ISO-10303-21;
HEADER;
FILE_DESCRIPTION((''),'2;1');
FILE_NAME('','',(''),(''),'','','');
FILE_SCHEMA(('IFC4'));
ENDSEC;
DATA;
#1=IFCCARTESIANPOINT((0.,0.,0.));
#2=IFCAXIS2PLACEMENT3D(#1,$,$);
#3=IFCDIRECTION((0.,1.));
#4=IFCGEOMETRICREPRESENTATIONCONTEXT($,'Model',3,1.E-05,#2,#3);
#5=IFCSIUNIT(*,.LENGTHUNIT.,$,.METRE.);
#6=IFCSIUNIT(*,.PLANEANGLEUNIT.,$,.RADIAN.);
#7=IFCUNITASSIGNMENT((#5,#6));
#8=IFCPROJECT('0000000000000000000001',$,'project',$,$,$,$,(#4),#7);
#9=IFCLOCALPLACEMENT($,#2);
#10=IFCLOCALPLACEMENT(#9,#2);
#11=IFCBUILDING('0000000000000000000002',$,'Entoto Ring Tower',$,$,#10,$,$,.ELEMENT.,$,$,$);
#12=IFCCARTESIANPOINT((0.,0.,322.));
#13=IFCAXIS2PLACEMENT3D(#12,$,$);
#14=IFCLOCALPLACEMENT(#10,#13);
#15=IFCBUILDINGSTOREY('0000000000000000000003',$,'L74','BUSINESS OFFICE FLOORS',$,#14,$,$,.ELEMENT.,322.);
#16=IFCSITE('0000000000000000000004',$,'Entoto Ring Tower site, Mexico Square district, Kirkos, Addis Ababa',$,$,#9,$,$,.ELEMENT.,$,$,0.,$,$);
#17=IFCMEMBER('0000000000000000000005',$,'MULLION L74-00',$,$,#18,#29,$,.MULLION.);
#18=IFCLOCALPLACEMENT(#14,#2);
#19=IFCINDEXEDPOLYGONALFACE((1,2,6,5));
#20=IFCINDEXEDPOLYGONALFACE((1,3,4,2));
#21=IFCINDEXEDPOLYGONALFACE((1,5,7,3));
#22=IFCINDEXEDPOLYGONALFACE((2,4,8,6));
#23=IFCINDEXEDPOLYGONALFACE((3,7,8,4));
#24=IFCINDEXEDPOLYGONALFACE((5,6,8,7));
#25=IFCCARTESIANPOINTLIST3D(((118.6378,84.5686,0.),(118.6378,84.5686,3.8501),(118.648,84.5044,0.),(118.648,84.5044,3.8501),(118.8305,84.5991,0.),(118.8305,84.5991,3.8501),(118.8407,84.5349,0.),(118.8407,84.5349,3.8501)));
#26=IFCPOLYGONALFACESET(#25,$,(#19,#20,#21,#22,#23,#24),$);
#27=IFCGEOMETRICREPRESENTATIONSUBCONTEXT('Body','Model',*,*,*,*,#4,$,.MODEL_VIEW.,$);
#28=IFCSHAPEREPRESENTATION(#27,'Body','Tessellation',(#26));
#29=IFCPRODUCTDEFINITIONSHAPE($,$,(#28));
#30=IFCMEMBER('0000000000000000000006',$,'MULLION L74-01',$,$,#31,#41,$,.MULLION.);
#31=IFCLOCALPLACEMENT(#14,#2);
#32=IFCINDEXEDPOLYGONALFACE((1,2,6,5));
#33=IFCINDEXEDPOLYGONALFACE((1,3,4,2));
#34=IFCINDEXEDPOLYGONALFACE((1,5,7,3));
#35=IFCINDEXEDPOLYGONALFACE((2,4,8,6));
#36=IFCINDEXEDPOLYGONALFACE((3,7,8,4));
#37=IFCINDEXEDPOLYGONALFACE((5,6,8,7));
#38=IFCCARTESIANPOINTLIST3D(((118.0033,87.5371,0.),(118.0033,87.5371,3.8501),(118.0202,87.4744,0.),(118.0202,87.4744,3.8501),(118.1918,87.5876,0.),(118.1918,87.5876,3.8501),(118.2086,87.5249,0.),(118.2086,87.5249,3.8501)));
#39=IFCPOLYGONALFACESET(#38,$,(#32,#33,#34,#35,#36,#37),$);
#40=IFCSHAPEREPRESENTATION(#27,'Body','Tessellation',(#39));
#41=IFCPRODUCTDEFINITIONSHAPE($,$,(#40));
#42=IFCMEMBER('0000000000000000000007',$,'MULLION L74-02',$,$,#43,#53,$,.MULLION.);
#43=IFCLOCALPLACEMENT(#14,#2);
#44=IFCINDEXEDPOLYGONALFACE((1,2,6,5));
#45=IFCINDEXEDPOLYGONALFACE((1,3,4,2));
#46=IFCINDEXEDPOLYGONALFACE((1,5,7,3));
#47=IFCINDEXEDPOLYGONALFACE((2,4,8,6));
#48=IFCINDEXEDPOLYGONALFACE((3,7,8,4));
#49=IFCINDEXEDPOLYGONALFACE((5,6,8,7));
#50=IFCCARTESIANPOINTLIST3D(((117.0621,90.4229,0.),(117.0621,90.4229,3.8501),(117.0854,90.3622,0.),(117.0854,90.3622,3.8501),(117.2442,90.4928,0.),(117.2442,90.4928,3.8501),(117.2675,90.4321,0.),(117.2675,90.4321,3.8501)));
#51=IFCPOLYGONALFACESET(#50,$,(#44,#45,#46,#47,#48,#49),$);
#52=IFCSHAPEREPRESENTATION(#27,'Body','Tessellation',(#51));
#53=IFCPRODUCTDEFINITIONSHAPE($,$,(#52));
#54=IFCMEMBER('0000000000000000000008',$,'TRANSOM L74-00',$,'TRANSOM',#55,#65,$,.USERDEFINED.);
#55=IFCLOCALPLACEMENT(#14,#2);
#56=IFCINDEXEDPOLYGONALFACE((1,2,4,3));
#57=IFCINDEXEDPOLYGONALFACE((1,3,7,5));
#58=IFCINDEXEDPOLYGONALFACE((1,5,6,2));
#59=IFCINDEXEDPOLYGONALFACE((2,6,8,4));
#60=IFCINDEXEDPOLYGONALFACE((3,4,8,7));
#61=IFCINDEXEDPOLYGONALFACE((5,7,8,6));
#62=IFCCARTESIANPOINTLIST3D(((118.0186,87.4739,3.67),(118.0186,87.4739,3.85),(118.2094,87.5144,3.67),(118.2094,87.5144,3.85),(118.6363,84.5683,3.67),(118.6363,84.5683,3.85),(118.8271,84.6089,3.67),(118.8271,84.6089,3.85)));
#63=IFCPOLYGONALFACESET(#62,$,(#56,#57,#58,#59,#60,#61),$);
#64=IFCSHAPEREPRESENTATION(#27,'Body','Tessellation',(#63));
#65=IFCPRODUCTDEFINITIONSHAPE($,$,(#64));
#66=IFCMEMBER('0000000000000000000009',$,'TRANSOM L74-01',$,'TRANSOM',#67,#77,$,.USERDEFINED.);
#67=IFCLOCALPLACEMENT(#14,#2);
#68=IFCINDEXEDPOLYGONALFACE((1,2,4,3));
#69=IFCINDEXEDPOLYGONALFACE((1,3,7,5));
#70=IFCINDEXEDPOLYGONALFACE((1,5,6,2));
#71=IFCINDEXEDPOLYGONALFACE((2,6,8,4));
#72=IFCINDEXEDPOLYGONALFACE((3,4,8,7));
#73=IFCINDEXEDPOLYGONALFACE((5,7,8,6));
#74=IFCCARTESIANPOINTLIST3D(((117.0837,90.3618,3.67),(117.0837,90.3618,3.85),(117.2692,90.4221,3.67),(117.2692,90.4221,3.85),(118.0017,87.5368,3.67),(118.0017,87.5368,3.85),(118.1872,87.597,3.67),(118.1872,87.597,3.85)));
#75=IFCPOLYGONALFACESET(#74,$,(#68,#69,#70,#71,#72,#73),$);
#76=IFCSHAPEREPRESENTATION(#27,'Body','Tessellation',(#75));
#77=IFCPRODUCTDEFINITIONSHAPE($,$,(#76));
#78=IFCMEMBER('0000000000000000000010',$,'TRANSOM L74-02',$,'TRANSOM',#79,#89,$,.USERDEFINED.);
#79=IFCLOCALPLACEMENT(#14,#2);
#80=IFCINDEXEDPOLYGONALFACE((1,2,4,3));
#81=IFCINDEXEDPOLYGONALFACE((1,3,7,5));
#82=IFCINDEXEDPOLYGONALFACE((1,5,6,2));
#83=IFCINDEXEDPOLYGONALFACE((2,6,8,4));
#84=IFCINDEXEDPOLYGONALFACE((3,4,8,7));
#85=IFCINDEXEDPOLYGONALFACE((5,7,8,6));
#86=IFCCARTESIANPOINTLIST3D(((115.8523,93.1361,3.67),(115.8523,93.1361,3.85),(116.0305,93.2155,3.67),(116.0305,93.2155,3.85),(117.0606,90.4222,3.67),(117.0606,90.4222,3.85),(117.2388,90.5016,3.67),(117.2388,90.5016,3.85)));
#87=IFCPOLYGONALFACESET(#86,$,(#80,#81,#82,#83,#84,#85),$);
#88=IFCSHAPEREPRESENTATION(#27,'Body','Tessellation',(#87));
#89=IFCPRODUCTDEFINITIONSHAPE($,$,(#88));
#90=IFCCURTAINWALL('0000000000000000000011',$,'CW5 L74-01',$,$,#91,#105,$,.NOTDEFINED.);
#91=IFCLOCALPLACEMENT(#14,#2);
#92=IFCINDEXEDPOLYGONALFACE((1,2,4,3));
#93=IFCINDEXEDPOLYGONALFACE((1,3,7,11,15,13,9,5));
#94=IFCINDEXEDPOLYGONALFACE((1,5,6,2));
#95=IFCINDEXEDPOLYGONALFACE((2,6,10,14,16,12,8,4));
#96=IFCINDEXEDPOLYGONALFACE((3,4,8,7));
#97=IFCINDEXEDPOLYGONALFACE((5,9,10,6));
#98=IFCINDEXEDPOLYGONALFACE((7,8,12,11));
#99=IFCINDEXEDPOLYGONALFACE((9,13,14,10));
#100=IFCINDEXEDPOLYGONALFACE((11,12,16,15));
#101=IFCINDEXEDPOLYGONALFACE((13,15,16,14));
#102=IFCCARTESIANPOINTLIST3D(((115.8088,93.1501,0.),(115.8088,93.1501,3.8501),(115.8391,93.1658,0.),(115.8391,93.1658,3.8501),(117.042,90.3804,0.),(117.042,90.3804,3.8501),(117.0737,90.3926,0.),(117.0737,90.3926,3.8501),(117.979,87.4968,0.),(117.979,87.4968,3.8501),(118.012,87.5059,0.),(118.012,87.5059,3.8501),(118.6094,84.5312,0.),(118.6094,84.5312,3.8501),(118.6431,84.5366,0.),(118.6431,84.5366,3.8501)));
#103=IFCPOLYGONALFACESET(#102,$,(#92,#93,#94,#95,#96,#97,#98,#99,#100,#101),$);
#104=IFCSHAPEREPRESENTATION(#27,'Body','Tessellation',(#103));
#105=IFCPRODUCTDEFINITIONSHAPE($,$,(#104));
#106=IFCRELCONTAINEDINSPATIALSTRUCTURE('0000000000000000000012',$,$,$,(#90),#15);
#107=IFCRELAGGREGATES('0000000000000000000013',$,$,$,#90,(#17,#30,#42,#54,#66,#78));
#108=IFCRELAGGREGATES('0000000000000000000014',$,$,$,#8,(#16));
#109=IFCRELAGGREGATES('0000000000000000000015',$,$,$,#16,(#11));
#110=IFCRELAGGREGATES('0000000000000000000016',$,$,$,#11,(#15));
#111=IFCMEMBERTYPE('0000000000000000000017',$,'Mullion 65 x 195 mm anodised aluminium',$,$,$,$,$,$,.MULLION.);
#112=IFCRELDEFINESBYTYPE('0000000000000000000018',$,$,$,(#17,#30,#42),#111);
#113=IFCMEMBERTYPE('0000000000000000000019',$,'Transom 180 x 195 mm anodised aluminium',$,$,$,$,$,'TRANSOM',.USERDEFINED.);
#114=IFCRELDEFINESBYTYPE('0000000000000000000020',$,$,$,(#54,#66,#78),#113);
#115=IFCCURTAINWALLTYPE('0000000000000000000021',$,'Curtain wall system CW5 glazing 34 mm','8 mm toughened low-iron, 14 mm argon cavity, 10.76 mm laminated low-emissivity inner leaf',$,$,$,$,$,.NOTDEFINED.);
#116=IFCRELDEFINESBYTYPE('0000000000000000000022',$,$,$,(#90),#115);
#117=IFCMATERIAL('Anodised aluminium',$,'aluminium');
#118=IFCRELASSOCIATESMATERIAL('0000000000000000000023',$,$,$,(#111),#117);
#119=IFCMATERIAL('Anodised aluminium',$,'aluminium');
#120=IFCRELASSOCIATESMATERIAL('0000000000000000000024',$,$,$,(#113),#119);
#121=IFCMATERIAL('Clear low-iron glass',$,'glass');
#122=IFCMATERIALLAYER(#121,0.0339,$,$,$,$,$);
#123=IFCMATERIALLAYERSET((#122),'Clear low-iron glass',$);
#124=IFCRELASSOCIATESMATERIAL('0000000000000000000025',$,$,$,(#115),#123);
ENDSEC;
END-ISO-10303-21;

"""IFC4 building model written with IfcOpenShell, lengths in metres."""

from ifc_helpers import new_model, si_unit, direction, frame, origin, origin_2d, place, context, subcontext, project, spatial, polyline, rectangle, outline, extrude, material, layer, layer_set, material_profile, profile_set, type_object, element, aggregate, save


model = new_model("IFC4")

# Units and contexts
model_context = context("Model", 3, precision=1e-05, world=origin(), true_north=direction((0.0, 1.0)))
body_context = subcontext(model_context, "Body", "Model", "MODEL_VIEW")
ifc_project = project(units=[si_unit("LENGTHUNIT", "METRE"), si_unit("PLANEANGLEUNIT", "RADIAN")], contexts=[model_context])

# Members
ifc_material_1 = material(Name="Anodised aluminium", Category="aluminium")
ifc_material_profile_1 = material_profile(ifc_material_1, rectangle(XDim=0.0649, YDim=0.1951, at=origin_2d()), Name="Mullion 65 x 195 mm anodised aluminium")
ifc_profile_set_1 = profile_set([ifc_material_profile_1], Name="Anodised aluminium")
member_type_1 = type_object("IfcMemberType", Name="Mullion 65 x 195 mm anodised aluminium", PredefinedType="MULLION", material=ifc_profile_set_1)
site_placement = place(None, origin())
building_placement = place(site_placement, origin())
storey_placement = place(building_placement, frame((0.0, 0.0, 322.0)))
member_1_placement = place(storey_placement, frame((118.7393, 84.5518, 0.0), z_axis=(0.0, 0.0, 1.0), x_axis=(-0.156434, 0.987688, 0.0)))
member_1 = element("IfcMember", 1, at=member_1_placement, type_object=member_type_1, Name="MULLION L74-00", PredefinedType="MULLION", context=body_context, shape_type="SweptSolid", body=[
    extrude(rectangle(XDim=0.0649, YDim=0.1951, at=origin_2d()), origin(), (0.0, 0.0, 1.0), 3.8501),
])
member_2_placement = place(storey_placement, frame((118.106, 87.531, 0.0), z_axis=(0.0, 0.0, 1.0), x_axis=(-0.258819, 0.965926, 0.0)))
member_2 = element("IfcMember", 2, at=member_2_placement, type_object=member_type_1, Name="MULLION L74-01", PredefinedType="MULLION", context=body_context, shape_type="SweptSolid", body=[
    extrude(rectangle(XDim=0.0649, YDim=0.1951, at=origin_2d()), origin(), (0.0, 0.0, 1.0), 3.8501),
])
member_3_placement = place(storey_placement, frame((117.1648, 90.4275, 0.0), z_axis=(0.0, 0.0, 1.0), x_axis=(-0.358368, 0.93358, 0.0)))
member_3 = element("IfcMember", 3, at=member_3_placement, type_object=member_type_1, Name="MULLION L74-02", PredefinedType="MULLION", context=body_context, shape_type="SweptSolid", body=[
    extrude(rectangle(XDim=0.0649, YDim=0.1951, at=origin_2d()), origin(), (0.0, 0.0, 1.0), 3.8501),
])
ifc_material_2 = material(Name="Anodised aluminium", Category="aluminium")
ifc_material_profile_2 = material_profile(ifc_material_2, rectangle(XDim=0.1951, YDim=0.1799, at=origin_2d()), Name="Transom 180 x 195 mm anodised aluminium")
ifc_profile_set_2 = profile_set([ifc_material_profile_2], Name="Anodised aluminium")
member_type_2 = type_object("IfcMemberType", Name="Transom 180 x 195 mm anodised aluminium", ElementType="TRANSOM", PredefinedType="USERDEFINED", material=ifc_profile_set_2)
member_4_placement = place(storey_placement, frame((118.7317, 84.5886, 3.76), z_axis=(-0.20794, 0.978142, 0.0), x_axis=(-0.978142, -0.20794, 0.0)))
member_4 = element("IfcMember", 4, at=member_4_placement, type_object=member_type_2, Name="TRANSOM L74-00", ObjectType="TRANSOM", PredefinedType="USERDEFINED", context=body_context, shape_type="SweptSolid", body=[
    extrude(rectangle(XDim=0.1951, YDim=0.1799, at=origin_2d()), origin(), (0.0, 0.0, 1.0), 2.9705),
])
member_5_placement = place(storey_placement, frame((118.0945, 87.5669, 3.76), z_axis=(-0.309043, 0.951048, 0.0), x_axis=(-0.951048, -0.309043, 0.0)))
member_5 = element("IfcMember", 5, at=member_5_placement, type_object=member_type_2, Name="TRANSOM L74-01", ObjectType="TRANSOM", PredefinedType="USERDEFINED", context=body_context, shape_type="SweptSolid", body=[
    extrude(rectangle(XDim=0.1951, YDim=0.1799, at=origin_2d()), origin(), (0.0, 0.0, 1.0), 2.9705),
])
member_6_placement = place(storey_placement, frame((117.1497, 90.4619, 3.76), z_axis=(-0.406726, 0.91355, 0.0), x_axis=(-0.91355, -0.406726, 0.0)))
member_6 = element("IfcMember", 6, at=member_6_placement, type_object=member_type_2, Name="TRANSOM L74-02", ObjectType="TRANSOM", PredefinedType="USERDEFINED", context=body_context, shape_type="SweptSolid", body=[
    extrude(rectangle(XDim=0.1951, YDim=0.1799, at=origin_2d()), origin(), (0.0, 0.0, 1.0), 2.9707),
])

# Site, building, storey
site = spatial("IfcSite", under=ifc_project, at=site_placement, Name="Entoto Ring Tower site, Mexico Square district, Kirkos, Addis Ababa", CompositionType="ELEMENT", RefElevation=0.0)
building = spatial("IfcBuilding", under=site, at=building_placement, Name="Entoto Ring Tower", CompositionType="ELEMENT")
storey = spatial("IfcBuildingStorey", under=building, at=storey_placement, Name="L74", Description="BUSINESS OFFICE FLOORS", CompositionType="ELEMENT", Elevation=322.0)

# Curtain wall
ifc_material_3 = material(Name="Clear low-iron glass", Category="glass")
ifc_layer_1 = layer(ifc_material_3, 0.0339)
ifc_layer_set_1 = layer_set([ifc_layer_1], Name="Clear low-iron glass")
curtain_wall_type = type_object("IfcCurtainWallType", Name="Curtain wall system CW5 glazing 34 mm", Description="8 mm toughened low-iron, 14 mm argon cavity, 10.76 mm laminated low-emissivity inner leaf", PredefinedType="NOTDEFINED", material=ifc_layer_set_1)
curtain_wall_1_placement = place(storey_placement, origin())
curtain_wall_1 = element("IfcCurtainWall", 7, at=curtain_wall_1_placement, inside=storey, type_object=curtain_wall_type, Name="CW5 L74-01", PredefinedType="NOTDEFINED", context=body_context, shape_type="SweptSolid", body=[
    extrude(outline(polyline([(118.6431, 84.5366), (118.012, 87.5059), (117.0737, 90.3926), (115.8391, 93.1658), (115.8088, 93.1501), (117.042, 90.3804), (117.979, 87.4968), (118.6094, 84.5312), (118.6431, 84.5366)])), origin(), (0.0, 0.0, 1.0), 3.8501),
])
aggregate(curtain_wall_1, [member_1, member_2, member_3, member_4, member_5, member_6])

save(model, "model.ifc")
